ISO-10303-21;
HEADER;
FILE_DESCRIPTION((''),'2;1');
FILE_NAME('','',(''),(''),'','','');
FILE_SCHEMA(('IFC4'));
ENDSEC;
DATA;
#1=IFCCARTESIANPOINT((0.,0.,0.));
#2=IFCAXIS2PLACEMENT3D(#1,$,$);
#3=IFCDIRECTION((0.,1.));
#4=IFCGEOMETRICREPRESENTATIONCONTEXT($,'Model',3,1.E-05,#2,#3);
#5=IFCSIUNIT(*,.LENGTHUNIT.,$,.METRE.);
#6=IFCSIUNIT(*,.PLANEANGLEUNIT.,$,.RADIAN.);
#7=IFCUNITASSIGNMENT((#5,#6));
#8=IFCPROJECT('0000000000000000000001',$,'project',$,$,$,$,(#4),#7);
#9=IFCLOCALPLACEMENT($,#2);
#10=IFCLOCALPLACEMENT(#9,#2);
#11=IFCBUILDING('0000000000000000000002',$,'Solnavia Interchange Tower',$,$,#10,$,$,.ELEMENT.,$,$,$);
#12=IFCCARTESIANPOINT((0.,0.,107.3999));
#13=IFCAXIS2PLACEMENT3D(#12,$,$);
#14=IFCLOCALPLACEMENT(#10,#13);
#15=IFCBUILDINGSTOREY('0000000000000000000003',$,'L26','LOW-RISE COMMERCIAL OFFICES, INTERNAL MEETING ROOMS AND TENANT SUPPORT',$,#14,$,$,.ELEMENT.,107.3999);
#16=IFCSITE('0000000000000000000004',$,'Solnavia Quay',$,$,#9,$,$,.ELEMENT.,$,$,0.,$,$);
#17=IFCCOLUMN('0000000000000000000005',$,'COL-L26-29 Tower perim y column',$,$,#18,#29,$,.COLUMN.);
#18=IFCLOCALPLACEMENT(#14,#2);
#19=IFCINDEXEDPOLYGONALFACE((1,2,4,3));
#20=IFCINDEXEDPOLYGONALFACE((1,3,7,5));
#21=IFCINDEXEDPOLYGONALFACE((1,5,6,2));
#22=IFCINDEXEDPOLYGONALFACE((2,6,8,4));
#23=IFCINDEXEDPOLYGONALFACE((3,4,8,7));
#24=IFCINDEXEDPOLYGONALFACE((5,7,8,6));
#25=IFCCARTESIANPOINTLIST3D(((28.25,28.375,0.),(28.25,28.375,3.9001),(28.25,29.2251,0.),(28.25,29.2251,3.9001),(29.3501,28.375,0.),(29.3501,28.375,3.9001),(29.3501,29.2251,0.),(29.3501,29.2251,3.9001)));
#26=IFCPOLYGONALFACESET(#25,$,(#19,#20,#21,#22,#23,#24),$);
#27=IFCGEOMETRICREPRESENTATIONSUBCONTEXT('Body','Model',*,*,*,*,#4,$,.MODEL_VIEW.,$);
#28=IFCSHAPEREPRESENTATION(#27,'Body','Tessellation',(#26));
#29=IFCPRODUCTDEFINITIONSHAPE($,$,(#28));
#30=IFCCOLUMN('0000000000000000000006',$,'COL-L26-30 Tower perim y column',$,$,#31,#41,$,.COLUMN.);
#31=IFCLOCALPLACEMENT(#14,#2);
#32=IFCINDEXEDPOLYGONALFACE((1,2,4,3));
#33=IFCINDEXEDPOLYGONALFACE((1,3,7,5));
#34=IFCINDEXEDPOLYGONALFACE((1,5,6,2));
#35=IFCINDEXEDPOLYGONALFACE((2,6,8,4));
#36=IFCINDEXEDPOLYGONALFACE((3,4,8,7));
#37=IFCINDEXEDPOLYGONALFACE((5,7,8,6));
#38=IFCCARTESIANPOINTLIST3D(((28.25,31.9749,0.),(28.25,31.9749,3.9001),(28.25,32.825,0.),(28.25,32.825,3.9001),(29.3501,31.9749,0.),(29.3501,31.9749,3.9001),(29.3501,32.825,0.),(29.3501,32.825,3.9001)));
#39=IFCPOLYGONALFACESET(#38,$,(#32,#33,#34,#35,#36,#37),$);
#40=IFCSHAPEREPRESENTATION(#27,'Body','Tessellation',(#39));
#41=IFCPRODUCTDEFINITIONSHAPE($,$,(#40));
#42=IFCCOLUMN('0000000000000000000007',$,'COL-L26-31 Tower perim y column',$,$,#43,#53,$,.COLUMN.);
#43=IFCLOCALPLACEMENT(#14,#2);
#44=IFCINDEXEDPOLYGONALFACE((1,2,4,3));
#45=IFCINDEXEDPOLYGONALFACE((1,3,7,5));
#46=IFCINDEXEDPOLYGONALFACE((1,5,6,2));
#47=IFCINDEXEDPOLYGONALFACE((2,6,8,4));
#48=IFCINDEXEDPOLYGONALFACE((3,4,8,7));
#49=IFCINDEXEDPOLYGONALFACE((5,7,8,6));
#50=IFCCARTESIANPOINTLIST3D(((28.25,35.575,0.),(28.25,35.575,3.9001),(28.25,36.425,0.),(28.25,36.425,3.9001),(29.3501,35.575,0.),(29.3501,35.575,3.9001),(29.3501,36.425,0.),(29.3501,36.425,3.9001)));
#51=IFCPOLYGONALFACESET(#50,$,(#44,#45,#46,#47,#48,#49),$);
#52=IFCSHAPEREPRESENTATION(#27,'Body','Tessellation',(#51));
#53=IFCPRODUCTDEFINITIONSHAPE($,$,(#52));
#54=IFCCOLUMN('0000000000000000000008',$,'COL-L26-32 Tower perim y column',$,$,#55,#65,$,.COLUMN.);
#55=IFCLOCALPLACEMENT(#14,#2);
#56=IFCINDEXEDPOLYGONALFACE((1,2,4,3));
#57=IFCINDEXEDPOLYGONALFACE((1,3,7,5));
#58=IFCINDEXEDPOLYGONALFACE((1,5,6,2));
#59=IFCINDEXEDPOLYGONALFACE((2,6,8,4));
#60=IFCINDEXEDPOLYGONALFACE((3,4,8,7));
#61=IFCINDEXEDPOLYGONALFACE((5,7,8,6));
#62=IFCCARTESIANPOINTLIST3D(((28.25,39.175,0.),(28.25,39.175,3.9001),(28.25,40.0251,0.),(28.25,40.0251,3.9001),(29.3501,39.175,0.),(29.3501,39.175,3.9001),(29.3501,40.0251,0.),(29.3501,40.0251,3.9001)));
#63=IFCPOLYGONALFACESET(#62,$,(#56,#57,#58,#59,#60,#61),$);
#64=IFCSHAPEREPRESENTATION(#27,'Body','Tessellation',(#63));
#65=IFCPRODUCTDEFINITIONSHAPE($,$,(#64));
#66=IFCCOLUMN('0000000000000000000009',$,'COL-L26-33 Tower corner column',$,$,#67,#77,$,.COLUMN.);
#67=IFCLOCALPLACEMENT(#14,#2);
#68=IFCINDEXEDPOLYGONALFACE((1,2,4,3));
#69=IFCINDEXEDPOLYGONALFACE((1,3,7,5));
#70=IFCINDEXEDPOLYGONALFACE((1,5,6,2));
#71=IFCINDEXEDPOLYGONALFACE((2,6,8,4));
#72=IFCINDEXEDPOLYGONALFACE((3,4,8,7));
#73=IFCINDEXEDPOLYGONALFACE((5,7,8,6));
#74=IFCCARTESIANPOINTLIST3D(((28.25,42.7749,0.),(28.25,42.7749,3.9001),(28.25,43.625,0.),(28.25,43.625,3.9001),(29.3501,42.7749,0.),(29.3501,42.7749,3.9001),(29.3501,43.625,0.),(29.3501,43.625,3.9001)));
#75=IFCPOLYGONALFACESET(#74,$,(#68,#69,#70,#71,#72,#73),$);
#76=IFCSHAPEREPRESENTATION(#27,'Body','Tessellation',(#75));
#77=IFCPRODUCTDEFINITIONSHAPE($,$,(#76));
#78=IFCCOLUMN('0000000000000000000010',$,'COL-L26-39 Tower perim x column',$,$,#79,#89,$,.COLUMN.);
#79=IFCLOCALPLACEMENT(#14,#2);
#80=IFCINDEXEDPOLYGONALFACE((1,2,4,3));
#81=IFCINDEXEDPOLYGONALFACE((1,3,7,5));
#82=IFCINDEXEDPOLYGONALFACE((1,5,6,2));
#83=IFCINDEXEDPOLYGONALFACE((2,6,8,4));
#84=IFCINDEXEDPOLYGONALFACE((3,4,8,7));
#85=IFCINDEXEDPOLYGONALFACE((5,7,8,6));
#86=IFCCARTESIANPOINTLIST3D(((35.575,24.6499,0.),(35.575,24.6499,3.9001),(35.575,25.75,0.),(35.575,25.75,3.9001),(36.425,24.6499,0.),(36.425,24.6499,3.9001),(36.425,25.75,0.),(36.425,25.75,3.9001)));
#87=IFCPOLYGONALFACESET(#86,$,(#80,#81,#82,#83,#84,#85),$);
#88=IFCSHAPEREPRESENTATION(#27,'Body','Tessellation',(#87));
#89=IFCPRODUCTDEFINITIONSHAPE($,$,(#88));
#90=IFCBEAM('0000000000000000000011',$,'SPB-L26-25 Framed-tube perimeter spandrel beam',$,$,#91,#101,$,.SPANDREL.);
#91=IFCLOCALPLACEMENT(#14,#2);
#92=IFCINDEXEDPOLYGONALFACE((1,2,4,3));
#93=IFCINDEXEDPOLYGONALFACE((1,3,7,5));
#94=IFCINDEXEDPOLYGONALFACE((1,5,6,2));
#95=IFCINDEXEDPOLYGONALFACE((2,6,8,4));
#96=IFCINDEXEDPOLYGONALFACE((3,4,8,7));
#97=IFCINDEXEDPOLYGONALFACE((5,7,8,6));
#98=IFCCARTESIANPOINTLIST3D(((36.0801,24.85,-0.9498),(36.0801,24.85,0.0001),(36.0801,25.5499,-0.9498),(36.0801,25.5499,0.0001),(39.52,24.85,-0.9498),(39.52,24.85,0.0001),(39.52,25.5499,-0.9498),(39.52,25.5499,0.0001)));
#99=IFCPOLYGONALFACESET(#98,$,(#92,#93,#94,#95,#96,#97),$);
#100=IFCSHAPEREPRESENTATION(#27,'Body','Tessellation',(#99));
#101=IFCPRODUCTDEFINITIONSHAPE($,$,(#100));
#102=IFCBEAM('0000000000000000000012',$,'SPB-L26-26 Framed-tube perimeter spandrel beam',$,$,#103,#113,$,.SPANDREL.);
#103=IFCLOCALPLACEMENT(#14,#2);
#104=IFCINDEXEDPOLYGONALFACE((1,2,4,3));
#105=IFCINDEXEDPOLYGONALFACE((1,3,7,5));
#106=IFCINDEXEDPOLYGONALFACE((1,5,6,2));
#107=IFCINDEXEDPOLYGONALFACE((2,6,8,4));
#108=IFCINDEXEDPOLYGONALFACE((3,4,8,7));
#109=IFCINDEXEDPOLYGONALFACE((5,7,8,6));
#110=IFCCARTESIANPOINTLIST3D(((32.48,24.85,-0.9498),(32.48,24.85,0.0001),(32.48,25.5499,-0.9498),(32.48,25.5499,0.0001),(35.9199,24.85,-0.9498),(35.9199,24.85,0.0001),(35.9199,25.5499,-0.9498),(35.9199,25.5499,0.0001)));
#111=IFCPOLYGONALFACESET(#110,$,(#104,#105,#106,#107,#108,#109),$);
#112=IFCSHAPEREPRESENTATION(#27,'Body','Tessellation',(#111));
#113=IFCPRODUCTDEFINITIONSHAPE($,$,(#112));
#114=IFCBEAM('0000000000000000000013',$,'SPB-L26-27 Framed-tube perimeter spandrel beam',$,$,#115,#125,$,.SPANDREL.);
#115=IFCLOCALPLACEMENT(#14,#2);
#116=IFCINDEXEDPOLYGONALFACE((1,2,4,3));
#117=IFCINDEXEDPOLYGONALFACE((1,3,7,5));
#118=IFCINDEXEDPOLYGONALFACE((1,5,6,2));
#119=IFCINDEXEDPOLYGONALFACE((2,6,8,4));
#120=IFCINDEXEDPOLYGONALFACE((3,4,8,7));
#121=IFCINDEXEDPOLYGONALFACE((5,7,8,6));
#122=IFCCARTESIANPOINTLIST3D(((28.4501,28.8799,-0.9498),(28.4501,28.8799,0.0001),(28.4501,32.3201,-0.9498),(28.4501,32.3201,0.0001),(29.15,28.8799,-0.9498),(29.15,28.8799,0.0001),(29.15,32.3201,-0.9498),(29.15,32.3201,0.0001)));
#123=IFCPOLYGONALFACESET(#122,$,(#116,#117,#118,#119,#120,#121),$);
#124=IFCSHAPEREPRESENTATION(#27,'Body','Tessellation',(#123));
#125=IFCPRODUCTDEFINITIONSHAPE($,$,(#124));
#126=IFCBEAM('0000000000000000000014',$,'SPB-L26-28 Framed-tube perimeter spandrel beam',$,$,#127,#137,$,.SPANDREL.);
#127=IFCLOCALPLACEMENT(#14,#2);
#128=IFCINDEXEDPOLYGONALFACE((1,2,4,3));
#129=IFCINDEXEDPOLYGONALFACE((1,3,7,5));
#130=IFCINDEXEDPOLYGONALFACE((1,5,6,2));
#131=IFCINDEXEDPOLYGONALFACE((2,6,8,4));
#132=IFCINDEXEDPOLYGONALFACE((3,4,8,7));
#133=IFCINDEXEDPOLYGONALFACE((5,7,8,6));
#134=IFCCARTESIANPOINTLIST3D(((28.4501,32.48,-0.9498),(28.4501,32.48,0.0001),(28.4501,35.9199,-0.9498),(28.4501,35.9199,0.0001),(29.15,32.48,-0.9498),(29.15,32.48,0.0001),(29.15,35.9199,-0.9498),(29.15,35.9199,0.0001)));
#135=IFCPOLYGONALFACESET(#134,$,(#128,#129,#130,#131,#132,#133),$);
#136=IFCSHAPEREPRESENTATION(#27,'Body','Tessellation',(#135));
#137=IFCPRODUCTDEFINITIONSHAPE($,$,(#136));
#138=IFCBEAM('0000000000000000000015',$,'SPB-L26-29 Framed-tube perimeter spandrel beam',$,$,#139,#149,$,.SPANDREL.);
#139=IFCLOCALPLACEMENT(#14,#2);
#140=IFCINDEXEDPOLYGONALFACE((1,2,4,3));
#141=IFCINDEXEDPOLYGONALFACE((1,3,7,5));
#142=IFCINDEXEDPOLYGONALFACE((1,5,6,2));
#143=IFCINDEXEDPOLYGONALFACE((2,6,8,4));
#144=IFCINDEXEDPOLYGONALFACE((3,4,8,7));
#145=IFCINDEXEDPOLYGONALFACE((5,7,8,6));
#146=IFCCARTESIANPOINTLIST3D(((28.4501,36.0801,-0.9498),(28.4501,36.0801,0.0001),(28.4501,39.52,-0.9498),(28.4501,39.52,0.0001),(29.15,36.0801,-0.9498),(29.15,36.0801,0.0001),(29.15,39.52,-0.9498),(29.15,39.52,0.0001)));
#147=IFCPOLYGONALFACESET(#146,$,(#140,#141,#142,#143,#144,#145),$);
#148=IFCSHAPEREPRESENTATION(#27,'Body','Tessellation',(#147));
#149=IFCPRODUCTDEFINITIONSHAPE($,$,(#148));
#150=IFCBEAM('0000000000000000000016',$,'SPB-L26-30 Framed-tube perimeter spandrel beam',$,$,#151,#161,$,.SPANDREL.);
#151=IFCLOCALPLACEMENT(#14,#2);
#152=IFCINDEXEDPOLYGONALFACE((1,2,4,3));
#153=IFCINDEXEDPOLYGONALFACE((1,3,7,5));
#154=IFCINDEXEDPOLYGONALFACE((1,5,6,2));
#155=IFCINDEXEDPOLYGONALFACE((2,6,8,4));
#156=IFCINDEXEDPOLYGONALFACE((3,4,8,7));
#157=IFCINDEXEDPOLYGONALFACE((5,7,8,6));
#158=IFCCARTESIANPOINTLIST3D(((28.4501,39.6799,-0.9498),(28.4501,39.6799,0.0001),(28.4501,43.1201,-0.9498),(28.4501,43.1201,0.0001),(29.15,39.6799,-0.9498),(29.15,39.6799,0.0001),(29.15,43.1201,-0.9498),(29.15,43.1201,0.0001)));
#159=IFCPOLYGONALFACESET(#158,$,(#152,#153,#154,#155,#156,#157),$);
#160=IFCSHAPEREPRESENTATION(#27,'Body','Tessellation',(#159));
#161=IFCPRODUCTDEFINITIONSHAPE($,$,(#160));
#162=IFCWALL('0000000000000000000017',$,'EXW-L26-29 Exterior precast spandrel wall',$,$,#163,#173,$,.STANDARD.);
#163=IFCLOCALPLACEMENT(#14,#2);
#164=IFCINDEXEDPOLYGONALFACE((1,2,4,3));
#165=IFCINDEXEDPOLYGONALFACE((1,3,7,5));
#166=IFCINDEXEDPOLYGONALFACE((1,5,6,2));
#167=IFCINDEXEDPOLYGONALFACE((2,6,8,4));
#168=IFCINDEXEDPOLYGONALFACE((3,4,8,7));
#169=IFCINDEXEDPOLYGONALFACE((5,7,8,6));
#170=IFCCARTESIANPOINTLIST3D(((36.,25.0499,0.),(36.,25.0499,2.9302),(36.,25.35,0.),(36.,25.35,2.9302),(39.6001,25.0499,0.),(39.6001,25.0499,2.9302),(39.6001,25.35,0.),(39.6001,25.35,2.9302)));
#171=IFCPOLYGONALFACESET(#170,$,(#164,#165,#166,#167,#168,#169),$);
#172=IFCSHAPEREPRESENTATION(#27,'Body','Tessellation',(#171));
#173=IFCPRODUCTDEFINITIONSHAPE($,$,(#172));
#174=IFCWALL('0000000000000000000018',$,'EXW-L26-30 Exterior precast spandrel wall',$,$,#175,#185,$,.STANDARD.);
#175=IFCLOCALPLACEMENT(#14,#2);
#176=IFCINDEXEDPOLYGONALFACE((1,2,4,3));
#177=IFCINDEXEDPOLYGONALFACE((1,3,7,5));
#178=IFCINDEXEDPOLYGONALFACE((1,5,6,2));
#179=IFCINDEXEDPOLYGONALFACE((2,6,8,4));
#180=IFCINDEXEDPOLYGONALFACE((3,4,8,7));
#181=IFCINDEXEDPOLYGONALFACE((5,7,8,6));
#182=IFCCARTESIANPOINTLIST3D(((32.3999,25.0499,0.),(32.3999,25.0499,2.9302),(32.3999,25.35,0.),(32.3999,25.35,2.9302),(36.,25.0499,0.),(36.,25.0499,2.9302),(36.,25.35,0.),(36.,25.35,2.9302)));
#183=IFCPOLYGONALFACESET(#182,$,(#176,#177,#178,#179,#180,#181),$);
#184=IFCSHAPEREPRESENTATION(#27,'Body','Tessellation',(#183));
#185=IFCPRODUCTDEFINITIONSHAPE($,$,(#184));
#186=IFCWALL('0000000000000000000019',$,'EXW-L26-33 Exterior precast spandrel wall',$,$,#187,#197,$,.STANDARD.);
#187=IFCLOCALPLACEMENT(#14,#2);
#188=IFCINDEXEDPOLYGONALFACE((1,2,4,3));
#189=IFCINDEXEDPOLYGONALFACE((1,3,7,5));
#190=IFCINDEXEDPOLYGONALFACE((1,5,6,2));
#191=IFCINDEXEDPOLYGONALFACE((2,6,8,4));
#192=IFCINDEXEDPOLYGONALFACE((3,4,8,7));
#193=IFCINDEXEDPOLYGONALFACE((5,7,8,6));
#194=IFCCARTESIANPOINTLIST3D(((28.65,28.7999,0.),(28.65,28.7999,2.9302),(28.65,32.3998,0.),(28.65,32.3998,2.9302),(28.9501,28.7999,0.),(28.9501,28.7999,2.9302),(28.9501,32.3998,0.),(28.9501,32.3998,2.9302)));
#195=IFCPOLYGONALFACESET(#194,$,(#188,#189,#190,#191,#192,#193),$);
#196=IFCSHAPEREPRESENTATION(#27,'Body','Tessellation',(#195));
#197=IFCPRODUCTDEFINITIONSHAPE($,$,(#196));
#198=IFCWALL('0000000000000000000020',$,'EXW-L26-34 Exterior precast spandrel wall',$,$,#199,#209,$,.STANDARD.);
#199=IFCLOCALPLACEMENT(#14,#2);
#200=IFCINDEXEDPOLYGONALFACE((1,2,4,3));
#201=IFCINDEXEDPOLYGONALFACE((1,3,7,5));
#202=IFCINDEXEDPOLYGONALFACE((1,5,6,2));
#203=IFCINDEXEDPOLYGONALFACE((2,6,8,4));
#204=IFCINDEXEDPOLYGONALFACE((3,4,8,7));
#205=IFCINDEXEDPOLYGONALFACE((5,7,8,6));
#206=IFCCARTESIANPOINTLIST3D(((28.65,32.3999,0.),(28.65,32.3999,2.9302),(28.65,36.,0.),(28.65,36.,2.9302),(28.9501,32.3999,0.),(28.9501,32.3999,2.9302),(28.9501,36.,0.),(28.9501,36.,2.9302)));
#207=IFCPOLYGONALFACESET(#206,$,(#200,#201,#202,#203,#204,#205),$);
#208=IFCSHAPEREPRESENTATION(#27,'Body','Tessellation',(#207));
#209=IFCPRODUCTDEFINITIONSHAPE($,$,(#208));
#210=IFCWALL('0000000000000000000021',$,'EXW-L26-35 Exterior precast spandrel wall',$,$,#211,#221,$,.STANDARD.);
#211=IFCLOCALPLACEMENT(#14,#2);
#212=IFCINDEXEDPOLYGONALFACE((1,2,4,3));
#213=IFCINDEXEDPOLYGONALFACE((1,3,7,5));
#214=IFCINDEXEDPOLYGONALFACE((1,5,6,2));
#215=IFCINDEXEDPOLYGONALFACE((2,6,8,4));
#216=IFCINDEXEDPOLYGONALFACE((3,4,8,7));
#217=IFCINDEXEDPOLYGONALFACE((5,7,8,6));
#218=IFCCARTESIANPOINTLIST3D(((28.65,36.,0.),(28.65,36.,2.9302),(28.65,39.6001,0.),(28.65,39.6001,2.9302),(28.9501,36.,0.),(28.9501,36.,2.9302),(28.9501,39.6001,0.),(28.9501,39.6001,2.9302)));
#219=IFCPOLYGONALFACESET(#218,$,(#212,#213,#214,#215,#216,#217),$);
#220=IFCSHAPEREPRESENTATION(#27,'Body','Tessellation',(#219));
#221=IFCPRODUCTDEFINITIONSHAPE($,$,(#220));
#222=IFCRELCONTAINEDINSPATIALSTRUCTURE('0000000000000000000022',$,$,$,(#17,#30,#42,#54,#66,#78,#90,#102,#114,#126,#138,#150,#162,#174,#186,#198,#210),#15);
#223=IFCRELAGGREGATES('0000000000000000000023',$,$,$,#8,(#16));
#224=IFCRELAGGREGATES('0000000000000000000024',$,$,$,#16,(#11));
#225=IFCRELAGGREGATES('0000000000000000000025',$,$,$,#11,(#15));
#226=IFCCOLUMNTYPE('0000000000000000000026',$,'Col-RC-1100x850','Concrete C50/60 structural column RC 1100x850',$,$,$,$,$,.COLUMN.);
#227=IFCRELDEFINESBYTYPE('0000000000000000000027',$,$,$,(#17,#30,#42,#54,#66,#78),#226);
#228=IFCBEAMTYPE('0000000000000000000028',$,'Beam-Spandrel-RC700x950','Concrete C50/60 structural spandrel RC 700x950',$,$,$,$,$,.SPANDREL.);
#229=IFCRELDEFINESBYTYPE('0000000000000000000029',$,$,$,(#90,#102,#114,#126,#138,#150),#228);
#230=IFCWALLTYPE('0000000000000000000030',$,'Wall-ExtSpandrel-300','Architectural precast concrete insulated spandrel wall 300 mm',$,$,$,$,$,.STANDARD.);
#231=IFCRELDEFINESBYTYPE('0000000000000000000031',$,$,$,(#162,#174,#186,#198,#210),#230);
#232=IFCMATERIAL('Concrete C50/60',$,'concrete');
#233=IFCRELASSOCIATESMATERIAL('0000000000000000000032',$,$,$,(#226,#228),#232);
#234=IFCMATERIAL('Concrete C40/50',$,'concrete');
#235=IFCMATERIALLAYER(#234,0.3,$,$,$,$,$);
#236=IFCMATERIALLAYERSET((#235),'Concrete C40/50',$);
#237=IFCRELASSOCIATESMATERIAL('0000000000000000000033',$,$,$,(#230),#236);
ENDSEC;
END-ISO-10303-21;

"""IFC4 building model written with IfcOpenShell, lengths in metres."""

from ifc_helpers import new_model, si_unit, direction, frame, frame_2d, origin, origin_2d, place, context, subcontext, project, spatial, rectangle, extrude, material, layer, layer_set, material_profile, profile_set, type_object, element, save


model = new_model("IFC4")

# Units and contexts
model_context = context("Model", 3, precision=1e-05, world=origin(), true_north=direction((0.0, 1.0)))
body_context = subcontext(model_context, "Body", "Model", "MODEL_VIEW")
ifc_project = project(units=[si_unit("LENGTHUNIT", "METRE"), si_unit("PLANEANGLEUNIT", "RADIAN")], contexts=[model_context])

# Site, building, storey
site_placement = place(None, origin())
site = spatial("IfcSite", under=ifc_project, at=site_placement, Name="Solnavia Quay", CompositionType="ELEMENT", RefElevation=0.0)
building_placement = place(site_placement, origin())
building = spatial("IfcBuilding", under=site, at=building_placement, Name="Solnavia Interchange Tower", CompositionType="ELEMENT")
storey_placement = place(building_placement, frame((0.0, 0.0, 107.3999)))
storey = spatial("IfcBuildingStorey", under=building, at=storey_placement, Name="L26", Description="LOW-RISE COMMERCIAL OFFICES, INTERNAL MEETING ROOMS AND TENANT SUPPORT", CompositionType="ELEMENT", Elevation=107.3999)

# Columns
ifc_material_1 = material(Name="Concrete C50/60", Category="concrete")
ifc_material_profile_1 = material_profile(ifc_material_1, rectangle(XDim=0.8501, YDim=1.1001, at=origin_2d()), Name="RC 1100x850")
ifc_profile_set_1 = profile_set([ifc_material_profile_1], Name="Concrete C50/60")
column_type = type_object("IfcColumnType", Name="Col-RC-1100x850", Description="Concrete C50/60 structural column RC 1100x850", PredefinedType="COLUMN", material=ifc_profile_set_1)
for number, where, z_axis, x_axis, name in (
    (1, (28.8, 28.8, 0.0), (0.0, 0.0, 1.0), (0.0, 1.0, 0.0), "COL-L26-29 Tower perim y column"),
    (2, (28.8, 32.3999, 0.0), (0.0, 0.0, 1.0), (0.0, 1.0, 0.0), "COL-L26-30 Tower perim y column"),
    (3, (28.8, 36.0, 0.0), (0.0, 0.0, 1.0), (0.0, 1.0, 0.0), "COL-L26-31 Tower perim y column"),
    (4, (28.8, 39.6001, 0.0), (0.0, 0.0, 1.0), (0.0, 1.0, 0.0), "COL-L26-32 Tower perim y column"),
    (5, (28.8, 43.2, 0.0), (0.0, 0.0, 1.0), (0.0, 1.0, 0.0), "COL-L26-33 Tower corner column"),
    (6, (36.0, 25.2, 0.0), (0.0, 0.0, 1.0), (1.0, 0.0, 0.0), "COL-L26-39 Tower perim x column"),
):
    element("IfcColumn", number, at=place(storey_placement, frame(where, z_axis=z_axis, x_axis=x_axis)), inside=storey, type_object=column_type, Name=name, PredefinedType="COLUMN", context=body_context, shape_type="SweptSolid", body=[
        extrude(rectangle(XDim=0.8501, YDim=1.1001, at=origin_2d()), origin(), (0.0, 0.0, 1.0), 3.9001),
    ])

# Beams
ifc_material_profile_2 = material_profile(ifc_material_1, rectangle(XDim=0.7, YDim=0.95, at=origin_2d()), Name="RC 700x950")
ifc_profile_set_2 = profile_set([ifc_material_profile_2], Name="Concrete C50/60")
beam_type = type_object("IfcBeamType", Name="Beam-Spandrel-RC700x950", Description="Concrete C50/60 structural spandrel RC 700x950", PredefinedType="SPANDREL", material=ifc_profile_set_2)
for number, where, z_axis, x_axis, name in (
    (7, (39.52, 25.2, -0.4749), (-1.0, 0.0, 0.0), (0.0, -1.0, 0.0), "SPB-L26-25 Framed-tube perimeter spandrel beam"),
    (8, (35.9199, 25.2, -0.4749), (-1.0, 0.0, 0.0), (0.0, -1.0, 0.0), "SPB-L26-26 Framed-tube perimeter spandrel beam"),
):
    element("IfcBeam", number, at=place(storey_placement, frame(where, z_axis=z_axis, x_axis=x_axis)), inside=storey, type_object=beam_type, Name=name, PredefinedType="SPANDREL", context=body_context, shape_type="SweptSolid", body=[
        extrude(rectangle(XDim=0.7, YDim=0.95, at=origin_2d()), origin(), (0.0, 0.0, 1.0), 3.4399),
    ])
beam_1_placement = place(storey_placement, frame((28.8, 28.8799, -0.4749), z_axis=(0.0, 1.0, 0.0), x_axis=(-1.0, 0.0, 0.0)))
element("IfcBeam", 9, at=beam_1_placement, inside=storey, type_object=beam_type, Name="SPB-L26-27 Framed-tube perimeter spandrel beam", PredefinedType="SPANDREL", context=body_context, shape_type="SweptSolid", body=[
    extrude(rectangle(XDim=0.7, YDim=0.95, at=origin_2d()), origin(), (0.0, 0.0, 1.0), 3.4402),
])
for number, where, z_axis, x_axis, name in (
    (10, (28.8, 32.48, -0.4749), (0.0, 1.0, 0.0), (-1.0, 0.0, 0.0), "SPB-L26-28 Framed-tube perimeter spandrel beam"),
    (11, (28.8, 36.0801, -0.4749), (0.0, 1.0, 0.0), (-1.0, 0.0, 0.0), "SPB-L26-29 Framed-tube perimeter spandrel beam"),
):
    element("IfcBeam", number, at=place(storey_placement, frame(where, z_axis=z_axis, x_axis=x_axis)), inside=storey, type_object=beam_type, Name=name, PredefinedType="SPANDREL", context=body_context, shape_type="SweptSolid", body=[
        extrude(rectangle(XDim=0.7, YDim=0.95, at=origin_2d()), origin(), (0.0, 0.0, 1.0), 3.4399),
    ])
beam_2_placement = place(storey_placement, frame((28.8, 39.6799, -0.4749), z_axis=(0.0, 1.0, 0.0), x_axis=(-1.0, 0.0, 0.0)))
element("IfcBeam", 12, at=beam_2_placement, inside=storey, type_object=beam_type, Name="SPB-L26-30 Framed-tube perimeter spandrel beam", PredefinedType="SPANDREL", context=body_context, shape_type="SweptSolid", body=[
    extrude(rectangle(XDim=0.7, YDim=0.95, at=origin_2d()), origin(), (0.0, 0.0, 1.0), 3.4402),
])

# Walls
ifc_material_2 = material(Name="Concrete C40/50", Category="concrete")
ifc_layer = layer(ifc_material_2, 0.3)
ifc_layer_set = layer_set([ifc_layer], Name="Concrete C40/50")
wall_type = type_object("IfcWallType", Name="Wall-ExtSpandrel-300", Description="Architectural precast concrete insulated spandrel wall 300 mm", PredefinedType="STANDARD", material=ifc_layer_set)
for number, where, z_axis, x_axis, name in (
    (13, (36.0, 25.2, 0.0), (0.0, 0.0, 1.0), (1.0, 0.0, 0.0), "EXW-L26-29 Exterior precast spandrel wall"),
    (14, (32.3999, 25.2, 0.0), (0.0, 0.0, 1.0), (1.0, 0.0, 0.0), "EXW-L26-30 Exterior precast spandrel wall"),
):
    element("IfcWall", number, at=place(storey_placement, frame(where, z_axis=z_axis, x_axis=x_axis)), inside=storey, type_object=wall_type, Name=name, PredefinedType="STANDARD", context=body_context, shape_type="SweptSolid", body=[
        extrude(rectangle(XDim=3.6001, YDim=0.3, at=frame_2d((1.8, 0.0))), origin(), (0.0, 0.0, 1.0), 2.9302),
    ])
wall_1_placement = place(storey_placement, frame((28.8, 28.8, 0.0), z_axis=(0.0, 0.0, 1.0), x_axis=(0.0, 1.0, 0.0)))
element("IfcWall", 15, at=wall_1_placement, inside=storey, type_object=wall_type, Name="EXW-L26-33 Exterior precast spandrel wall", PredefinedType="STANDARD", context=body_context, shape_type="SweptSolid", body=[
    extrude(rectangle(XDim=3.5999, YDim=0.3, at=frame_2d((1.7998, 0.0))), origin(), (0.0, 0.0, 1.0), 2.9302),
])
for number, where, z_axis, x_axis, name in (
    (16, (28.8, 32.3999, 0.0), (0.0, 0.0, 1.0), (0.0, 1.0, 0.0), "EXW-L26-34 Exterior precast spandrel wall"),
    (17, (28.8, 36.0, 0.0), (0.0, 0.0, 1.0), (0.0, 1.0, 0.0), "EXW-L26-35 Exterior precast spandrel wall"),
):
    element("IfcWall", number, at=place(storey_placement, frame(where, z_axis=z_axis, x_axis=x_axis)), inside=storey, type_object=wall_type, Name=name, PredefinedType="STANDARD", context=body_context, shape_type="SweptSolid", body=[
        extrude(rectangle(XDim=3.6001, YDim=0.3, at=frame_2d((1.8, 0.0))), origin(), (0.0, 0.0, 1.0), 2.9302),
    ])

save(model, "model.ifc")
